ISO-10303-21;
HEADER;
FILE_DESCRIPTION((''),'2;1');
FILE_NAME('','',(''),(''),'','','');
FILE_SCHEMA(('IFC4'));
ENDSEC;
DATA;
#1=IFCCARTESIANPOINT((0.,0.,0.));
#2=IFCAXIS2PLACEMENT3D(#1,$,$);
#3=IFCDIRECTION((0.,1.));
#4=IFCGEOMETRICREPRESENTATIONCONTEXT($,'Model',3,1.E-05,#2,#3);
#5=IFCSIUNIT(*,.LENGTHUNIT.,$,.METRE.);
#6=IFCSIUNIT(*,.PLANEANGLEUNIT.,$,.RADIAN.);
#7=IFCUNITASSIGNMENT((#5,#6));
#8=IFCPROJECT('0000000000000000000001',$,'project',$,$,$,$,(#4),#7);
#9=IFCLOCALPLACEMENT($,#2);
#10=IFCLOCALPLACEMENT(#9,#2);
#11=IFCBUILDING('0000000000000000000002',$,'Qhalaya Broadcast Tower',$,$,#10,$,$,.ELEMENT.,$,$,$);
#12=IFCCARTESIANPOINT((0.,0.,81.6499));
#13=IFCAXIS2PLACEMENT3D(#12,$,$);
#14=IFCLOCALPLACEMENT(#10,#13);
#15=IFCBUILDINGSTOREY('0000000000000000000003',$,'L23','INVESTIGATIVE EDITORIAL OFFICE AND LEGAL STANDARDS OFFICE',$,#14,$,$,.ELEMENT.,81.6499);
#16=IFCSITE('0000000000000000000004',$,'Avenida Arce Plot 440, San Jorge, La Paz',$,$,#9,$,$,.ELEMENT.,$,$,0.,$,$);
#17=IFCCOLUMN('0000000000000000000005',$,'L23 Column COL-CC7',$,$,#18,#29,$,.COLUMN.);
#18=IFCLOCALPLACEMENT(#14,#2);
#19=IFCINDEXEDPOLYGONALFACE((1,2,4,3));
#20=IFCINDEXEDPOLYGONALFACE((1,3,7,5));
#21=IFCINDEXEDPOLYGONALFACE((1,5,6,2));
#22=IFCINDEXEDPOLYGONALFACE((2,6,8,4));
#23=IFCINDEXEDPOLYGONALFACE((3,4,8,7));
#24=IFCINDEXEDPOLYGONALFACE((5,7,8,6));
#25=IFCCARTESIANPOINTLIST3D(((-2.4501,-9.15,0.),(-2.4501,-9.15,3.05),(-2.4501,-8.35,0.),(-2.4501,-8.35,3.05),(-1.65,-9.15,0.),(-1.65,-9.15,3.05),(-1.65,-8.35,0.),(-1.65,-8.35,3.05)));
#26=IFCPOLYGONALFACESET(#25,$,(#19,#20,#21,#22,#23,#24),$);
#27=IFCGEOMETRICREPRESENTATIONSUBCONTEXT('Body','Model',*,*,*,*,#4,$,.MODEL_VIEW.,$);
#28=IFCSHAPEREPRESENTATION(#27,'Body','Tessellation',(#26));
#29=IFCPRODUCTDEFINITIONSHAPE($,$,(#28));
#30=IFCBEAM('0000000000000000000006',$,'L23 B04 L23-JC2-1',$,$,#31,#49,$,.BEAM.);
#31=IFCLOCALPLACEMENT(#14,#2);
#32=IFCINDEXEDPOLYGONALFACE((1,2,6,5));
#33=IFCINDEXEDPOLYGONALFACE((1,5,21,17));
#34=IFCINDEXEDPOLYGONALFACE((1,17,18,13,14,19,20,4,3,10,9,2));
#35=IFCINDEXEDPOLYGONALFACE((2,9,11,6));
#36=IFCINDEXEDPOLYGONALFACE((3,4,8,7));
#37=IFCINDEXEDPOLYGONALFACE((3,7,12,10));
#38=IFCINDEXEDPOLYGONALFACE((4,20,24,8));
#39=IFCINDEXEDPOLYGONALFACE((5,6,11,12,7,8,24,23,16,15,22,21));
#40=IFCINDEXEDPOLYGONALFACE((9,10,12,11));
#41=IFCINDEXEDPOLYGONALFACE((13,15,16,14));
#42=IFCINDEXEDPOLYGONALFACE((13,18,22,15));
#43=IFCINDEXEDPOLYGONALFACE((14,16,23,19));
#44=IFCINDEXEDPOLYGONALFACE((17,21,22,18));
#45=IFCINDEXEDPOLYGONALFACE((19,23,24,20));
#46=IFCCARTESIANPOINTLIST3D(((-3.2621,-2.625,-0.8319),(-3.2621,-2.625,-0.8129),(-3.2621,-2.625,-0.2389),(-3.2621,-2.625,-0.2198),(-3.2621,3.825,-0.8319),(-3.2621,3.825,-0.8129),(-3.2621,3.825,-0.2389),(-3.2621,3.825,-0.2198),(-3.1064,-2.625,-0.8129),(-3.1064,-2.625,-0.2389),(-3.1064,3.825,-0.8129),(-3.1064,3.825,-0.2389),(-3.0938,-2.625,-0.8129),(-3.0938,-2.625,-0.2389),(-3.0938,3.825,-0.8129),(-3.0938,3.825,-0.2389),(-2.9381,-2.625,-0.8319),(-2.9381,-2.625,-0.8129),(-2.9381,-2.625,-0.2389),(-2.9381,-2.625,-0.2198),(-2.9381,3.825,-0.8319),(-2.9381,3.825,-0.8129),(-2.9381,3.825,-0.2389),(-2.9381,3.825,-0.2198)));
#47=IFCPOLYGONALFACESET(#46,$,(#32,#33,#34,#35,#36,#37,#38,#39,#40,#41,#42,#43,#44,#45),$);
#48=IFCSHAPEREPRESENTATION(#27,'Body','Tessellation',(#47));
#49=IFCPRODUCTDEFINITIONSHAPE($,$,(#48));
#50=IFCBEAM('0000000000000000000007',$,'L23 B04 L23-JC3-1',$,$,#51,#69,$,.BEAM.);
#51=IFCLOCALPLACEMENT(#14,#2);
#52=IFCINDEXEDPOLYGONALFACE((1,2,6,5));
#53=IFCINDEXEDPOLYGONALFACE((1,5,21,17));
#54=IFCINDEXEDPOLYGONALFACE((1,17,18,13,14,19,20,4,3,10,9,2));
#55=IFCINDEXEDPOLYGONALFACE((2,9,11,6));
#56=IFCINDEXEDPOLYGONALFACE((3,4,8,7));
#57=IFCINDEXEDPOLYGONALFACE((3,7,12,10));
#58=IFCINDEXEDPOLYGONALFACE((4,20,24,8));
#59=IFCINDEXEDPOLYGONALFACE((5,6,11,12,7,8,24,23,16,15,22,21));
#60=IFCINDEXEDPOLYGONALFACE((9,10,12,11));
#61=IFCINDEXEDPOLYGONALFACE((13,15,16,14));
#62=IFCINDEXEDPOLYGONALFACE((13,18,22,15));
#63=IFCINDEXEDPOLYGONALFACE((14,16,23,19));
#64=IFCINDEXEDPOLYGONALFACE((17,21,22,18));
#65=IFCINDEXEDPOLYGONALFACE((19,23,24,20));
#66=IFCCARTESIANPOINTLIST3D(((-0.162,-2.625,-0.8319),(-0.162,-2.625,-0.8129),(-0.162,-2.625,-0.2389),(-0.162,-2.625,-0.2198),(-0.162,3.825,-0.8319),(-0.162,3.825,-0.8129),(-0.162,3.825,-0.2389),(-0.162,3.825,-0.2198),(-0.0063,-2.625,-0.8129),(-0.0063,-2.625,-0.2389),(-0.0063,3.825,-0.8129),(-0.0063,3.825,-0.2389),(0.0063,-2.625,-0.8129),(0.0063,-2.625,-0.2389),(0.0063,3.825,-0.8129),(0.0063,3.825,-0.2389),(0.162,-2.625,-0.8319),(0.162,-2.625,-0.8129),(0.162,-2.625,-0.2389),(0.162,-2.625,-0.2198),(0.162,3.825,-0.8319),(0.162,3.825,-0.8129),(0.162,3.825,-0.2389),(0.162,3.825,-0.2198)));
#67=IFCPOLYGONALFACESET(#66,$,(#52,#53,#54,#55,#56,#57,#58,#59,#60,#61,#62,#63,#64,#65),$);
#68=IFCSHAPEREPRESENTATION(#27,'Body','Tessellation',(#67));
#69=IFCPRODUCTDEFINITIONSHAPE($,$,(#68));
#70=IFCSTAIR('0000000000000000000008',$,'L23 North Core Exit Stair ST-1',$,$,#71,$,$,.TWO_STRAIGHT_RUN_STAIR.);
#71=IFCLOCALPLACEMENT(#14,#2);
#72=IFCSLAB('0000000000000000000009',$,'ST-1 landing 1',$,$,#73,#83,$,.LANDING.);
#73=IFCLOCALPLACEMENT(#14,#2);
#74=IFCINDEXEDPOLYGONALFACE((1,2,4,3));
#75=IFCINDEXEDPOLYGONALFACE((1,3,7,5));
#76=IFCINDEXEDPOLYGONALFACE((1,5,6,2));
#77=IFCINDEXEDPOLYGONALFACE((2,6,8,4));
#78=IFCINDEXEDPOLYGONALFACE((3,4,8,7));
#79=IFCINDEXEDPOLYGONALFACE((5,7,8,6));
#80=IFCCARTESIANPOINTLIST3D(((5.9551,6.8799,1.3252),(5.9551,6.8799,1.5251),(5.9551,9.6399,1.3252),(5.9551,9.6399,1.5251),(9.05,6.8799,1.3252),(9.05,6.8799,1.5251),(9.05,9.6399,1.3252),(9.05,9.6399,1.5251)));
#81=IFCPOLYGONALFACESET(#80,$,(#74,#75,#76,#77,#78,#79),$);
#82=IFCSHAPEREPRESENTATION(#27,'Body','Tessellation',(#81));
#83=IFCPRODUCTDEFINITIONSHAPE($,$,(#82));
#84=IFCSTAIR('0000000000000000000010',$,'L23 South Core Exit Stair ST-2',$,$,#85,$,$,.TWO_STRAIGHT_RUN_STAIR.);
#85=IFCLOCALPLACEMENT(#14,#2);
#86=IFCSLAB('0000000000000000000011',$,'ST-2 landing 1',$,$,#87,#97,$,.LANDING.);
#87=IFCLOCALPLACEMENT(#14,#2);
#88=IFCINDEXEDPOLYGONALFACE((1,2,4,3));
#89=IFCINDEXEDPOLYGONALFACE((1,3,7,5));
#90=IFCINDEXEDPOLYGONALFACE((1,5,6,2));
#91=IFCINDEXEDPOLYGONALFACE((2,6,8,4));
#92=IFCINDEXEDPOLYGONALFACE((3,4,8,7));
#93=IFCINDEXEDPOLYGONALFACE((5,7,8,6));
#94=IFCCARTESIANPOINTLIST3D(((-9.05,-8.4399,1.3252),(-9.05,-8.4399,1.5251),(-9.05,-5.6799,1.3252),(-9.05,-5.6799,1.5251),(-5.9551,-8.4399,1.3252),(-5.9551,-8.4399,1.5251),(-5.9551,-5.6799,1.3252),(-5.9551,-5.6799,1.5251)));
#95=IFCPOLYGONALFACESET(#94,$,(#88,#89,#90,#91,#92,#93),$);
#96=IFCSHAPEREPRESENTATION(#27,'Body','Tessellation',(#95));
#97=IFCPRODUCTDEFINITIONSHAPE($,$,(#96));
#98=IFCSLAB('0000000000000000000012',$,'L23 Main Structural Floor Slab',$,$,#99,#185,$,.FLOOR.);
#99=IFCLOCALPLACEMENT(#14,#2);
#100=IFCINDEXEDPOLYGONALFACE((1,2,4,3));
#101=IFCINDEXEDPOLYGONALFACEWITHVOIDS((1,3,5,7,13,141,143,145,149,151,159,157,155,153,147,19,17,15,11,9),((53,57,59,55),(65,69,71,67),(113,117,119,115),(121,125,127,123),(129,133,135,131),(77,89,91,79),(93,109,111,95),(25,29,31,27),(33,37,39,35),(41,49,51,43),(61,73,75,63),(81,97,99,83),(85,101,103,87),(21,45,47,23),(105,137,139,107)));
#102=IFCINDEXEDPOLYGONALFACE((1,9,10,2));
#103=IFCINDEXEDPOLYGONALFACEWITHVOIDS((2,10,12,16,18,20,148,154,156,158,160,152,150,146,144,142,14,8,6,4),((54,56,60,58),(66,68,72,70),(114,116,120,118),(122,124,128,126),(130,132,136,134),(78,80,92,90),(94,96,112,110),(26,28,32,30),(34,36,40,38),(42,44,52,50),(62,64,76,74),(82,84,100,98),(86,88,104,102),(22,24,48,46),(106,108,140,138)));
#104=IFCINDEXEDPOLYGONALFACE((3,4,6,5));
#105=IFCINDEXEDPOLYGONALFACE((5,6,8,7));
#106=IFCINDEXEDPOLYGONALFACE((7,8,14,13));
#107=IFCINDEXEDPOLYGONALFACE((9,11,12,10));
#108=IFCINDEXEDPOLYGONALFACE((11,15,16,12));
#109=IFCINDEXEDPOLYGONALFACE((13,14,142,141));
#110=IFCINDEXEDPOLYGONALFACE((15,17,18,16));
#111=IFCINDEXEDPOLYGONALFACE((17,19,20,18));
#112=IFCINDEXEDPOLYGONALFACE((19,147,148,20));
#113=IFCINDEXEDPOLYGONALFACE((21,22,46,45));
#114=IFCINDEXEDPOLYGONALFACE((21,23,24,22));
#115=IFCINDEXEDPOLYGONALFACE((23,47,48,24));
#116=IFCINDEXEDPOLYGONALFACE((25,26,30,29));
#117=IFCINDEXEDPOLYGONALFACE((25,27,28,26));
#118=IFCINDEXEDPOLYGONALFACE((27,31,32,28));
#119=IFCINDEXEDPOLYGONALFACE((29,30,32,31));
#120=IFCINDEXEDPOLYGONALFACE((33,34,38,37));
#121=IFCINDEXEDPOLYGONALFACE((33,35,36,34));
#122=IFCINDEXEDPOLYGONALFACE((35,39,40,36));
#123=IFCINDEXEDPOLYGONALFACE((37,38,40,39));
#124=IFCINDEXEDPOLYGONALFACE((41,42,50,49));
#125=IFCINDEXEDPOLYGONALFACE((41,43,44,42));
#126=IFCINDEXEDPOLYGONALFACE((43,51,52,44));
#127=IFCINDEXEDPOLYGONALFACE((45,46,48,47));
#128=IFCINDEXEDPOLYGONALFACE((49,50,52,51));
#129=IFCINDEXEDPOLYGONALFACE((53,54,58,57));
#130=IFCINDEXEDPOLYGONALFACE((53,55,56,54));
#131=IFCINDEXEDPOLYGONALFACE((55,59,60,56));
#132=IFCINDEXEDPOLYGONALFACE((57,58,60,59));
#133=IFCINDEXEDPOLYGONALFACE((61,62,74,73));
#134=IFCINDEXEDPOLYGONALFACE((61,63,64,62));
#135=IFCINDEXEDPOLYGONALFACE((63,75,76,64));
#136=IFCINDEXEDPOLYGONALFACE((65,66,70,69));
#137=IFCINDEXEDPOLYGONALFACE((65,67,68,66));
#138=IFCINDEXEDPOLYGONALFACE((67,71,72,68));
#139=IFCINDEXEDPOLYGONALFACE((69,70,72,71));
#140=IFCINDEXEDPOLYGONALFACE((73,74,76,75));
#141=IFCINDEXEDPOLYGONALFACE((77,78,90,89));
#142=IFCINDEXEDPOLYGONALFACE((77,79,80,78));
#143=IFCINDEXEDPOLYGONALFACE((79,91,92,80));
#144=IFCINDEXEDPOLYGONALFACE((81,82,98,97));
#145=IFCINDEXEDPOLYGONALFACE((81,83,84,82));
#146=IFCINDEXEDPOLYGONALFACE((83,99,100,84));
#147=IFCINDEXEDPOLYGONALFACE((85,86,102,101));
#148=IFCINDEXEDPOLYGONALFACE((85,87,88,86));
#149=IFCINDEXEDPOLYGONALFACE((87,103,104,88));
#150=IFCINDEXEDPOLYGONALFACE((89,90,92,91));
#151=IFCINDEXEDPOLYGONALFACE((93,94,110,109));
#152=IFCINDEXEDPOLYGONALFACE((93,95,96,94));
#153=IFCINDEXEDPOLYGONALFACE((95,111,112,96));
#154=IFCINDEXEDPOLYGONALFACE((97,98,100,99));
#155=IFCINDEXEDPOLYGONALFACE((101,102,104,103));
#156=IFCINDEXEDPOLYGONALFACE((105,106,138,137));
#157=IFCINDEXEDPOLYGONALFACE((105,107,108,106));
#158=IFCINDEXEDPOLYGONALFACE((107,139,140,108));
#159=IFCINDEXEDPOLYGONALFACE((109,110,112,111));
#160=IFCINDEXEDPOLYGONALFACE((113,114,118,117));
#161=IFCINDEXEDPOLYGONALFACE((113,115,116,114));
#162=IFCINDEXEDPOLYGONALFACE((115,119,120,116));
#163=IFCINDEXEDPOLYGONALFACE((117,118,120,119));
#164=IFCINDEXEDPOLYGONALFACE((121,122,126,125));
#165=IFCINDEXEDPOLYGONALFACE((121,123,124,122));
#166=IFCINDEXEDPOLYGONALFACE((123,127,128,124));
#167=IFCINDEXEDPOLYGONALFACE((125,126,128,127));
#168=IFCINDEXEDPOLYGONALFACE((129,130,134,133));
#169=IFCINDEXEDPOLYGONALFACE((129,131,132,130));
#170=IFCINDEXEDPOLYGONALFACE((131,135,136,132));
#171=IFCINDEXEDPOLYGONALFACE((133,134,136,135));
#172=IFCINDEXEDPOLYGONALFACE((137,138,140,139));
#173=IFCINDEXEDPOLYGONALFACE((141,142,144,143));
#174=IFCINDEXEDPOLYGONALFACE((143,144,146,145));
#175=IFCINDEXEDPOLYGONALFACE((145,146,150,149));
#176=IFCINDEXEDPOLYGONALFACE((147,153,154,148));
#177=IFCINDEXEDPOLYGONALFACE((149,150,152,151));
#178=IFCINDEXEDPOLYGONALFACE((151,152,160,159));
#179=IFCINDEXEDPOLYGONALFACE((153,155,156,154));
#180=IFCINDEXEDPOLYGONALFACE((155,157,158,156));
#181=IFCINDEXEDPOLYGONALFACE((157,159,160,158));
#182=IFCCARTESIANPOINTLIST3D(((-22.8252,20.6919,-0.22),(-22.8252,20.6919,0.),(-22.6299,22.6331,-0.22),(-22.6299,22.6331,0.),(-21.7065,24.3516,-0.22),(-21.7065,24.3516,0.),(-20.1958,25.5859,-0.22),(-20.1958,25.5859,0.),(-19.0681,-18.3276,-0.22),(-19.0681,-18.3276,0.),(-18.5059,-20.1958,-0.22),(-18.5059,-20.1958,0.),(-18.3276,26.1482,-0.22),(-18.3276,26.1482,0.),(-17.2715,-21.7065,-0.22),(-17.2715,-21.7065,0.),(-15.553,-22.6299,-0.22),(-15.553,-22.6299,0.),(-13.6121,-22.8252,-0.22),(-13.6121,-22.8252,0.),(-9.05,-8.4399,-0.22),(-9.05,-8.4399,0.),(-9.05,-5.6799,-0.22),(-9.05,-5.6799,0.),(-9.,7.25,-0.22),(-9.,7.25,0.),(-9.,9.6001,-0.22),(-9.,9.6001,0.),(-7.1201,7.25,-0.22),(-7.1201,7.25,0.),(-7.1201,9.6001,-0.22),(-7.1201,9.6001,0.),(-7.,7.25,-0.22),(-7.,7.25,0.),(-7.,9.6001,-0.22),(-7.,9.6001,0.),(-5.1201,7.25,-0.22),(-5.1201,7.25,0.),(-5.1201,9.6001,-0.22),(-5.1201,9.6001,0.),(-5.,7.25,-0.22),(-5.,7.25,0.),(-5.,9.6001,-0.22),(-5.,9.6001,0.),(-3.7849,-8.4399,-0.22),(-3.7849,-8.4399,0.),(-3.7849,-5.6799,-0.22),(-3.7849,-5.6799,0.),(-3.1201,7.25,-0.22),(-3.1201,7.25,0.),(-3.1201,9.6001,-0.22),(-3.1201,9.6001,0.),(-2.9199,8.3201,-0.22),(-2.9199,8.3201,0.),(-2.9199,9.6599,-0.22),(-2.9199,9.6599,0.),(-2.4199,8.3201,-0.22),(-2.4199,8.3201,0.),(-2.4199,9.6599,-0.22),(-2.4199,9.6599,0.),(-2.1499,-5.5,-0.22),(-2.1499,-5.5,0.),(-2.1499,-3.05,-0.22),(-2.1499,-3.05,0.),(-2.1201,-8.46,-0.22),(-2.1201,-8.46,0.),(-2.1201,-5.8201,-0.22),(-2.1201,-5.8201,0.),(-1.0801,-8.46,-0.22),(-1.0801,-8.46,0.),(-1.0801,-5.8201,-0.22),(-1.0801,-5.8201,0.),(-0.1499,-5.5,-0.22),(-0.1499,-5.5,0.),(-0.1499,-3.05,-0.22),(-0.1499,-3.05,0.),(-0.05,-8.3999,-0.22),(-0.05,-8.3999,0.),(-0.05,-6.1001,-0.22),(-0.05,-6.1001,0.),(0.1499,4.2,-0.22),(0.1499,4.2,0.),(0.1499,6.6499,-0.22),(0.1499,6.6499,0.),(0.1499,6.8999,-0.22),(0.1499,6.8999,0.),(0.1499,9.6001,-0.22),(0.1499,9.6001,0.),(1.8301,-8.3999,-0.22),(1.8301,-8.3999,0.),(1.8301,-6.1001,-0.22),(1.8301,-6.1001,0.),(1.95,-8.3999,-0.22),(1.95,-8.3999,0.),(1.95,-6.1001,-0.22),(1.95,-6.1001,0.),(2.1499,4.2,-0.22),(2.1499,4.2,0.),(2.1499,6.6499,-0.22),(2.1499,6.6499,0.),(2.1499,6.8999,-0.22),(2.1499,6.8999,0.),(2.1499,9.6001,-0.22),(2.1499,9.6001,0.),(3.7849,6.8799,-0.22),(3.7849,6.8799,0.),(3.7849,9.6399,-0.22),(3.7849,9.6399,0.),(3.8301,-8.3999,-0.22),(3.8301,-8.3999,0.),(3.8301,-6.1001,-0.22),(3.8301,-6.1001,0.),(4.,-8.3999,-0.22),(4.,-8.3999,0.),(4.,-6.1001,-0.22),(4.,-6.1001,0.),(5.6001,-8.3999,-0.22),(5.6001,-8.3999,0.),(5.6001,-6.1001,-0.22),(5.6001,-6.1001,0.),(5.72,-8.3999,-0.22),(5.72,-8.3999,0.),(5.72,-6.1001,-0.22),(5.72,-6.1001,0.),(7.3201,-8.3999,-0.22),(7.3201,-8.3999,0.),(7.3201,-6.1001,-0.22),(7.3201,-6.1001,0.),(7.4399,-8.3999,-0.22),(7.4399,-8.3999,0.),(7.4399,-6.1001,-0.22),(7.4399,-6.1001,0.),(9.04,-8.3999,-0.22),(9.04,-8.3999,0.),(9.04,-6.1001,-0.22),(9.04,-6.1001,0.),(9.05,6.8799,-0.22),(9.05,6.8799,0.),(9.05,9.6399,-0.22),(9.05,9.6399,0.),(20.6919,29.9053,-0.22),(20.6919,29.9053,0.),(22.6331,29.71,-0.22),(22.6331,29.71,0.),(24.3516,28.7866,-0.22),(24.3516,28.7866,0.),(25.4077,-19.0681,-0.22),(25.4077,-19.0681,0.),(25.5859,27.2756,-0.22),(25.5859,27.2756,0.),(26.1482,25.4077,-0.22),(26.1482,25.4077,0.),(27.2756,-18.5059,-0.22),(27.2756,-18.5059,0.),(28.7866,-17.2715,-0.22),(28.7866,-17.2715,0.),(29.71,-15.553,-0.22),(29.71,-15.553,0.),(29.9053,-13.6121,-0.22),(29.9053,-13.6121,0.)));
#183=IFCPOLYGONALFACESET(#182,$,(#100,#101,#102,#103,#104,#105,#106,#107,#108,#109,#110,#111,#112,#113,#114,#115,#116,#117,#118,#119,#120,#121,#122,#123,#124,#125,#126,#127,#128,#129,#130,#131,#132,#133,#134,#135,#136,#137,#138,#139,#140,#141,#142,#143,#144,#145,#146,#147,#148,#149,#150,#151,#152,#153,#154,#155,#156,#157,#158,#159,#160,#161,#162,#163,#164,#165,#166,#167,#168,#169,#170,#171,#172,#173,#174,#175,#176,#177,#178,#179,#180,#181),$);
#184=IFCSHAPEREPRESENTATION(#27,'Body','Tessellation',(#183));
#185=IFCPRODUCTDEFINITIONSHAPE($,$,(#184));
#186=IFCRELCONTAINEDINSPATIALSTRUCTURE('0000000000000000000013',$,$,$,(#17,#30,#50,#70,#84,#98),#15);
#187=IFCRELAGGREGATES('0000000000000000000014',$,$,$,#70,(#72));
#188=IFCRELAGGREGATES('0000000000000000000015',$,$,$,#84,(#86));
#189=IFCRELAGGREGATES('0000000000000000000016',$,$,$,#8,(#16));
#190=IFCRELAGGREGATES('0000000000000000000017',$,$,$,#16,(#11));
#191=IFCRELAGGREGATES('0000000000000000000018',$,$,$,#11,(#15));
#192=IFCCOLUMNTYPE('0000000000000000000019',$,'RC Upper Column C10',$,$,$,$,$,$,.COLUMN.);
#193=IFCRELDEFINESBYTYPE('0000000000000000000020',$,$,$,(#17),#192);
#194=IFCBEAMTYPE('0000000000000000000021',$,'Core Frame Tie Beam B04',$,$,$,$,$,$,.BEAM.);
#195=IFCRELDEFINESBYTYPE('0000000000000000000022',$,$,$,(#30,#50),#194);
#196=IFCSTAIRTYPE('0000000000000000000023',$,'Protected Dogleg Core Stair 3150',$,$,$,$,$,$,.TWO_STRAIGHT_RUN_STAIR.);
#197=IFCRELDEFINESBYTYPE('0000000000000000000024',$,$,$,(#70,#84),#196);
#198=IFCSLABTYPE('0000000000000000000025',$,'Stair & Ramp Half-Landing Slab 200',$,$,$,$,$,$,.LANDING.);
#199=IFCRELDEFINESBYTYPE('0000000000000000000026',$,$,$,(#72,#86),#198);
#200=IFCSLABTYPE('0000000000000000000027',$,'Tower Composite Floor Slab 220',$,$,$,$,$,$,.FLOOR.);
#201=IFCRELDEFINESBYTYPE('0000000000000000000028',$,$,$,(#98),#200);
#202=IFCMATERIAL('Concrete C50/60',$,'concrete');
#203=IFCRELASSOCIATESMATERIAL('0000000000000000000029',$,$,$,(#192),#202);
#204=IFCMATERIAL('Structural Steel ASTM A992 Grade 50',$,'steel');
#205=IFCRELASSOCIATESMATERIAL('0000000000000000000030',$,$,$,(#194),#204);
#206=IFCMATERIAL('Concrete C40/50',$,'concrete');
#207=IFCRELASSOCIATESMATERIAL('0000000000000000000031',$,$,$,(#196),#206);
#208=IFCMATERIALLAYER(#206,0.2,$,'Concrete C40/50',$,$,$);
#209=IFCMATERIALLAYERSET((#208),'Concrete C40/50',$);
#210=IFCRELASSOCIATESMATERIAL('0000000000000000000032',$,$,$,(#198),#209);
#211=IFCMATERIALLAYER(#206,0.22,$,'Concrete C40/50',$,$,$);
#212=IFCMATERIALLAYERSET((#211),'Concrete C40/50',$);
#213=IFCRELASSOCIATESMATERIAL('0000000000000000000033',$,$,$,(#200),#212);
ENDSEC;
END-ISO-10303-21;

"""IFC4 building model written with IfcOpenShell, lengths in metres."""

from ifc_helpers import new_model, si_unit, direction, frame, origin, origin_2d, place, context, subcontext, project, spatial, polyline, rectangle, i_section, outline, extrude, material, layer, layer_set, material_profile, profile_set, type_object, element, aggregate, save


model = new_model("IFC4")

# Units and contexts
model_context = context("Model", 3, precision=1e-05, world=origin(), true_north=direction((0.0, 1.0)))
body_context = subcontext(model_context, "Body", "Model", "MODEL_VIEW")
ifc_project = project(units=[si_unit("LENGTHUNIT", "METRE"), si_unit("PLANEANGLEUNIT", "RADIAN")], contexts=[model_context])

# Site, building, storey
site_placement = place(None, origin())
site = spatial("IfcSite", under=ifc_project, at=site_placement, Name="Avenida Arce Plot 440, San Jorge, La Paz", CompositionType="ELEMENT", RefElevation=0.0)
building_placement = place(site_placement, origin())
building = spatial("IfcBuilding", under=site, at=building_placement, Name="Qhalaya Broadcast Tower", CompositionType="ELEMENT")
storey_placement = place(building_placement, frame((0.0, 0.0, 81.6499)))
storey = spatial("IfcBuildingStorey", under=building, at=storey_placement, Name="L23", Description="INVESTIGATIVE EDITORIAL OFFICE AND LEGAL STANDARDS OFFICE", CompositionType="ELEMENT", Elevation=81.6499)

# Column
ifc_material_1 = material(Name="Concrete C50/60", Category="concrete")
ifc_material_profile_1 = material_profile(ifc_material_1, rectangle(XDim=0.8, YDim=0.8, at=origin_2d()), Name="RC-COL 800x800")
ifc_profile_set_1 = profile_set([ifc_material_profile_1], Name="Concrete C50/60")
column_type = type_object("IfcColumnType", Name="RC Upper Column C10", PredefinedType="COLUMN", material=ifc_profile_set_1)
column_placement = place(storey_placement, frame((-2.05, -8.75, 0.0), z_axis=(0.0, 0.0, 1.0), x_axis=(1.0, 0.0, 0.0)))
element("IfcColumn", 1, at=column_placement, inside=storey, type_object=column_type, Name="L23 Column COL-CC7", PredefinedType="COLUMN", context=body_context, shape_type="SweptSolid", body=[
    extrude(rectangle(XDim=0.8, YDim=0.8, at=origin_2d()), origin(), (0.0, 0.0, 1.0), 3.05),
])

# Beams
ifc_material_2 = material(Name="Structural Steel ASTM A992 Grade 50", Category="steel")
ifc_material_profile_2 = material_profile(ifc_material_2, i_section(OverallWidth=0.324, OverallDepth=0.6121, WebThickness=0.0127, FlangeThickness=0.019, at=origin_2d()), Name="W24X104")
ifc_profile_set_2 = profile_set([ifc_material_profile_2], Name="Structural Steel ASTM A992 Grade 50")
beam_type = type_object("IfcBeamType", Name="Core Frame Tie Beam B04", PredefinedType="BEAM", material=ifc_profile_set_2)
for number, where, z_axis, x_axis, name in (
    (2, (-3.1001, -2.625, -0.5259), (0.0, 1.0, 0.0), (-1.0, 0.0, 0.0), "L23 B04 L23-JC2-1"),
    (3, (0.0, -2.625, -0.5259), (0.0, 1.0, 0.0), (-1.0, 0.0, 0.0), "L23 B04 L23-JC3-1"),
):
    element("IfcBeam", number, at=place(storey_placement, frame(where, z_axis=z_axis, x_axis=x_axis)), inside=storey, type_object=beam_type, Name=name, PredefinedType="BEAM", context=body_context, shape_type="SweptSolid", body=[
        extrude(i_section(OverallWidth=0.324, OverallDepth=0.6121, WebThickness=0.0127, FlangeThickness=0.019, at=origin_2d()), origin(), (0.0, 0.0, 1.0), 6.45),
    ])

# Stairs, slabs
ifc_material_3 = material(Name="Concrete C40/50", Category="concrete")
stair_type = type_object("IfcStairType", Name="Protected Dogleg Core Stair 3150", PredefinedType="TWO_STRAIGHT_RUN_STAIR", material=ifc_material_3)
stair_1_placement = place(storey_placement, origin())
stair_1 = element("IfcStair", 4, at=stair_1_placement, inside=storey, type_object=stair_type, Name="L23 North Core Exit Stair ST-1", PredefinedType="TWO_STRAIGHT_RUN_STAIR")
ifc_layer_1 = layer(ifc_material_3, 0.2, Name="Concrete C40/50")
ifc_layer_set_1 = layer_set([ifc_layer_1], Name="Concrete C40/50")
slab_type_1 = type_object("IfcSlabType", Name="Stair & Ramp Half-Landing Slab 200", PredefinedType="LANDING", material=ifc_layer_set_1)
slab_1_placement = place(storey_placement, frame((0.0, 0.0, 1.3252)))
slab_1 = element("IfcSlab", 5, at=slab_1_placement, type_object=slab_type_1, Name="ST-1 landing 1", PredefinedType="LANDING", context=body_context, shape_type="SweptSolid", body=[
    extrude(outline(polyline([(5.9551, 6.8799), (9.05, 6.8799), (9.05, 9.6399), (5.9551, 9.6399), (5.9551, 6.8799)])), origin(), (0.0, 0.0, 1.0), 0.2),
])
aggregate(stair_1, [slab_1])
stair_2_placement = place(storey_placement, origin())
stair_2 = element("IfcStair", 6, at=stair_2_placement, inside=storey, type_object=stair_type, Name="L23 South Core Exit Stair ST-2", PredefinedType="TWO_STRAIGHT_RUN_STAIR")
slab_2_placement = place(storey_placement, frame((0.0, 0.0, 1.3252)))
slab_2 = element("IfcSlab", 7, at=slab_2_placement, type_object=slab_type_1, Name="ST-2 landing 1", PredefinedType="LANDING", context=body_context, shape_type="SweptSolid", body=[
    extrude(outline(polyline([(-5.9551, -5.6799), (-9.05, -5.6799), (-9.05, -8.4399), (-5.9551, -8.4399), (-5.9551, -5.6799)])), origin(), (0.0, 0.0, 1.0), 0.2),
])

# Slab
ifc_layer_2 = layer(ifc_material_3, 0.22, Name="Concrete C40/50")
ifc_layer_set_2 = layer_set([ifc_layer_2], Name="Concrete C40/50")
slab_type_2 = type_object("IfcSlabType", Name="Tower Composite Floor Slab 220", PredefinedType="FLOOR", material=ifc_layer_set_2)
slab_3_placement = place(storey_placement, frame((0.0, 0.0, -0.22)))
element("IfcSlab", 8, at=slab_3_placement, inside=storey, type_object=slab_type_2, Name="L23 Main Structural Floor Slab", PredefinedType="FLOOR", context=body_context, shape_type="SweptSolid", body=[
    extrude(outline(polyline([(25.4077, -19.0681), (27.2756, -18.5059), (28.7866, -17.2715), (29.71, -15.553), (29.9053, -13.6121), (26.1482, 25.4077), (25.5859, 27.2756), (24.3516, 28.7866), (22.6331, 29.71), (20.6919, 29.9053), (-18.3276, 26.1482), (-20.1958, 25.5859), (-21.7065, 24.3516), (-22.6299, 22.6331), (-22.8252, 20.6919), (-19.0681, -18.3276), (-18.5059, -20.1958), (-17.2715, -21.7065), (-15.553, -22.6299), (-13.6121, -22.8252), (25.4077, -19.0681)]), holes=[polyline([(3.7849, 9.6399), (9.05, 9.6399), (9.05, 6.8799), (3.7849, 6.8799), (3.7849, 9.6399)]), polyline([(-3.7849, -8.4399), (-9.05, -8.4399), (-9.05, -5.6799), (-3.7849, -5.6799), (-3.7849, -8.4399)]), polyline([(0.1499, 6.6499), (2.1499, 6.6499), (2.1499, 4.2), (0.1499, 4.2), (0.1499, 6.6499)]), polyline([(0.1499, 9.6001), (2.1499, 9.6001), (2.1499, 6.8999), (0.1499, 6.8999), (0.1499, 9.6001)]), polyline([(-2.1499, -3.05), (-0.1499, -3.05), (-0.1499, -5.5), (-2.1499, -5.5), (-2.1499, -3.05)]), polyline([(-9.0, 9.6001), (-7.1201, 9.6001), (-7.1201, 7.25), (-9.0, 7.25), (-9.0, 9.6001)]), polyline([(-7.0, 9.6001), (-5.1201, 9.6001), (-5.1201, 7.25), (-7.0, 7.25), (-7.0, 9.6001)]), polyline([(-5.0, 9.6001), (-3.1201, 9.6001), (-3.1201, 7.25), (-5.0, 7.25), (-5.0, 9.6001)]), polyline([(-0.05, -6.1001), (1.8301, -6.1001), (1.8301, -8.3999), (-0.05, -8.3999), (-0.05, -6.1001)]), polyline([(1.95, -6.1001), (3.8301, -6.1001), (3.8301, -8.3999), (1.95, -8.3999), (1.95, -6.1001)]), polyline([(4.0, -6.1001), (5.6001, -6.1001), (5.6001, -8.3999), (4.0, -8.3999), (4.0, -6.1001)]), polyline([(5.72, -6.1001), (7.3201, -6.1001), (7.3201, -8.3999), (5.72, -8.3999), (5.72, -6.1001)]), polyline([(7.4399, -6.1001), (9.04, -6.1001), (9.04, -8.3999), (7.4399, -8.3999), (7.4399, -6.1001)]), polyline([(-2.9199, 9.6599), (-2.4199, 9.6599), (-2.4199, 8.3201), (-2.9199, 8.3201), (-2.9199, 9.6599)]), polyline([(-2.1201, -5.8201), (-1.0801, -5.8201), (-1.0801, -8.46), (-2.1201, -8.46), (-2.1201, -5.8201)])]), origin(), (0.0, 0.0, 1.0), 0.22),
])

aggregate(stair_2, [slab_2])

save(model, "model.ifc")
